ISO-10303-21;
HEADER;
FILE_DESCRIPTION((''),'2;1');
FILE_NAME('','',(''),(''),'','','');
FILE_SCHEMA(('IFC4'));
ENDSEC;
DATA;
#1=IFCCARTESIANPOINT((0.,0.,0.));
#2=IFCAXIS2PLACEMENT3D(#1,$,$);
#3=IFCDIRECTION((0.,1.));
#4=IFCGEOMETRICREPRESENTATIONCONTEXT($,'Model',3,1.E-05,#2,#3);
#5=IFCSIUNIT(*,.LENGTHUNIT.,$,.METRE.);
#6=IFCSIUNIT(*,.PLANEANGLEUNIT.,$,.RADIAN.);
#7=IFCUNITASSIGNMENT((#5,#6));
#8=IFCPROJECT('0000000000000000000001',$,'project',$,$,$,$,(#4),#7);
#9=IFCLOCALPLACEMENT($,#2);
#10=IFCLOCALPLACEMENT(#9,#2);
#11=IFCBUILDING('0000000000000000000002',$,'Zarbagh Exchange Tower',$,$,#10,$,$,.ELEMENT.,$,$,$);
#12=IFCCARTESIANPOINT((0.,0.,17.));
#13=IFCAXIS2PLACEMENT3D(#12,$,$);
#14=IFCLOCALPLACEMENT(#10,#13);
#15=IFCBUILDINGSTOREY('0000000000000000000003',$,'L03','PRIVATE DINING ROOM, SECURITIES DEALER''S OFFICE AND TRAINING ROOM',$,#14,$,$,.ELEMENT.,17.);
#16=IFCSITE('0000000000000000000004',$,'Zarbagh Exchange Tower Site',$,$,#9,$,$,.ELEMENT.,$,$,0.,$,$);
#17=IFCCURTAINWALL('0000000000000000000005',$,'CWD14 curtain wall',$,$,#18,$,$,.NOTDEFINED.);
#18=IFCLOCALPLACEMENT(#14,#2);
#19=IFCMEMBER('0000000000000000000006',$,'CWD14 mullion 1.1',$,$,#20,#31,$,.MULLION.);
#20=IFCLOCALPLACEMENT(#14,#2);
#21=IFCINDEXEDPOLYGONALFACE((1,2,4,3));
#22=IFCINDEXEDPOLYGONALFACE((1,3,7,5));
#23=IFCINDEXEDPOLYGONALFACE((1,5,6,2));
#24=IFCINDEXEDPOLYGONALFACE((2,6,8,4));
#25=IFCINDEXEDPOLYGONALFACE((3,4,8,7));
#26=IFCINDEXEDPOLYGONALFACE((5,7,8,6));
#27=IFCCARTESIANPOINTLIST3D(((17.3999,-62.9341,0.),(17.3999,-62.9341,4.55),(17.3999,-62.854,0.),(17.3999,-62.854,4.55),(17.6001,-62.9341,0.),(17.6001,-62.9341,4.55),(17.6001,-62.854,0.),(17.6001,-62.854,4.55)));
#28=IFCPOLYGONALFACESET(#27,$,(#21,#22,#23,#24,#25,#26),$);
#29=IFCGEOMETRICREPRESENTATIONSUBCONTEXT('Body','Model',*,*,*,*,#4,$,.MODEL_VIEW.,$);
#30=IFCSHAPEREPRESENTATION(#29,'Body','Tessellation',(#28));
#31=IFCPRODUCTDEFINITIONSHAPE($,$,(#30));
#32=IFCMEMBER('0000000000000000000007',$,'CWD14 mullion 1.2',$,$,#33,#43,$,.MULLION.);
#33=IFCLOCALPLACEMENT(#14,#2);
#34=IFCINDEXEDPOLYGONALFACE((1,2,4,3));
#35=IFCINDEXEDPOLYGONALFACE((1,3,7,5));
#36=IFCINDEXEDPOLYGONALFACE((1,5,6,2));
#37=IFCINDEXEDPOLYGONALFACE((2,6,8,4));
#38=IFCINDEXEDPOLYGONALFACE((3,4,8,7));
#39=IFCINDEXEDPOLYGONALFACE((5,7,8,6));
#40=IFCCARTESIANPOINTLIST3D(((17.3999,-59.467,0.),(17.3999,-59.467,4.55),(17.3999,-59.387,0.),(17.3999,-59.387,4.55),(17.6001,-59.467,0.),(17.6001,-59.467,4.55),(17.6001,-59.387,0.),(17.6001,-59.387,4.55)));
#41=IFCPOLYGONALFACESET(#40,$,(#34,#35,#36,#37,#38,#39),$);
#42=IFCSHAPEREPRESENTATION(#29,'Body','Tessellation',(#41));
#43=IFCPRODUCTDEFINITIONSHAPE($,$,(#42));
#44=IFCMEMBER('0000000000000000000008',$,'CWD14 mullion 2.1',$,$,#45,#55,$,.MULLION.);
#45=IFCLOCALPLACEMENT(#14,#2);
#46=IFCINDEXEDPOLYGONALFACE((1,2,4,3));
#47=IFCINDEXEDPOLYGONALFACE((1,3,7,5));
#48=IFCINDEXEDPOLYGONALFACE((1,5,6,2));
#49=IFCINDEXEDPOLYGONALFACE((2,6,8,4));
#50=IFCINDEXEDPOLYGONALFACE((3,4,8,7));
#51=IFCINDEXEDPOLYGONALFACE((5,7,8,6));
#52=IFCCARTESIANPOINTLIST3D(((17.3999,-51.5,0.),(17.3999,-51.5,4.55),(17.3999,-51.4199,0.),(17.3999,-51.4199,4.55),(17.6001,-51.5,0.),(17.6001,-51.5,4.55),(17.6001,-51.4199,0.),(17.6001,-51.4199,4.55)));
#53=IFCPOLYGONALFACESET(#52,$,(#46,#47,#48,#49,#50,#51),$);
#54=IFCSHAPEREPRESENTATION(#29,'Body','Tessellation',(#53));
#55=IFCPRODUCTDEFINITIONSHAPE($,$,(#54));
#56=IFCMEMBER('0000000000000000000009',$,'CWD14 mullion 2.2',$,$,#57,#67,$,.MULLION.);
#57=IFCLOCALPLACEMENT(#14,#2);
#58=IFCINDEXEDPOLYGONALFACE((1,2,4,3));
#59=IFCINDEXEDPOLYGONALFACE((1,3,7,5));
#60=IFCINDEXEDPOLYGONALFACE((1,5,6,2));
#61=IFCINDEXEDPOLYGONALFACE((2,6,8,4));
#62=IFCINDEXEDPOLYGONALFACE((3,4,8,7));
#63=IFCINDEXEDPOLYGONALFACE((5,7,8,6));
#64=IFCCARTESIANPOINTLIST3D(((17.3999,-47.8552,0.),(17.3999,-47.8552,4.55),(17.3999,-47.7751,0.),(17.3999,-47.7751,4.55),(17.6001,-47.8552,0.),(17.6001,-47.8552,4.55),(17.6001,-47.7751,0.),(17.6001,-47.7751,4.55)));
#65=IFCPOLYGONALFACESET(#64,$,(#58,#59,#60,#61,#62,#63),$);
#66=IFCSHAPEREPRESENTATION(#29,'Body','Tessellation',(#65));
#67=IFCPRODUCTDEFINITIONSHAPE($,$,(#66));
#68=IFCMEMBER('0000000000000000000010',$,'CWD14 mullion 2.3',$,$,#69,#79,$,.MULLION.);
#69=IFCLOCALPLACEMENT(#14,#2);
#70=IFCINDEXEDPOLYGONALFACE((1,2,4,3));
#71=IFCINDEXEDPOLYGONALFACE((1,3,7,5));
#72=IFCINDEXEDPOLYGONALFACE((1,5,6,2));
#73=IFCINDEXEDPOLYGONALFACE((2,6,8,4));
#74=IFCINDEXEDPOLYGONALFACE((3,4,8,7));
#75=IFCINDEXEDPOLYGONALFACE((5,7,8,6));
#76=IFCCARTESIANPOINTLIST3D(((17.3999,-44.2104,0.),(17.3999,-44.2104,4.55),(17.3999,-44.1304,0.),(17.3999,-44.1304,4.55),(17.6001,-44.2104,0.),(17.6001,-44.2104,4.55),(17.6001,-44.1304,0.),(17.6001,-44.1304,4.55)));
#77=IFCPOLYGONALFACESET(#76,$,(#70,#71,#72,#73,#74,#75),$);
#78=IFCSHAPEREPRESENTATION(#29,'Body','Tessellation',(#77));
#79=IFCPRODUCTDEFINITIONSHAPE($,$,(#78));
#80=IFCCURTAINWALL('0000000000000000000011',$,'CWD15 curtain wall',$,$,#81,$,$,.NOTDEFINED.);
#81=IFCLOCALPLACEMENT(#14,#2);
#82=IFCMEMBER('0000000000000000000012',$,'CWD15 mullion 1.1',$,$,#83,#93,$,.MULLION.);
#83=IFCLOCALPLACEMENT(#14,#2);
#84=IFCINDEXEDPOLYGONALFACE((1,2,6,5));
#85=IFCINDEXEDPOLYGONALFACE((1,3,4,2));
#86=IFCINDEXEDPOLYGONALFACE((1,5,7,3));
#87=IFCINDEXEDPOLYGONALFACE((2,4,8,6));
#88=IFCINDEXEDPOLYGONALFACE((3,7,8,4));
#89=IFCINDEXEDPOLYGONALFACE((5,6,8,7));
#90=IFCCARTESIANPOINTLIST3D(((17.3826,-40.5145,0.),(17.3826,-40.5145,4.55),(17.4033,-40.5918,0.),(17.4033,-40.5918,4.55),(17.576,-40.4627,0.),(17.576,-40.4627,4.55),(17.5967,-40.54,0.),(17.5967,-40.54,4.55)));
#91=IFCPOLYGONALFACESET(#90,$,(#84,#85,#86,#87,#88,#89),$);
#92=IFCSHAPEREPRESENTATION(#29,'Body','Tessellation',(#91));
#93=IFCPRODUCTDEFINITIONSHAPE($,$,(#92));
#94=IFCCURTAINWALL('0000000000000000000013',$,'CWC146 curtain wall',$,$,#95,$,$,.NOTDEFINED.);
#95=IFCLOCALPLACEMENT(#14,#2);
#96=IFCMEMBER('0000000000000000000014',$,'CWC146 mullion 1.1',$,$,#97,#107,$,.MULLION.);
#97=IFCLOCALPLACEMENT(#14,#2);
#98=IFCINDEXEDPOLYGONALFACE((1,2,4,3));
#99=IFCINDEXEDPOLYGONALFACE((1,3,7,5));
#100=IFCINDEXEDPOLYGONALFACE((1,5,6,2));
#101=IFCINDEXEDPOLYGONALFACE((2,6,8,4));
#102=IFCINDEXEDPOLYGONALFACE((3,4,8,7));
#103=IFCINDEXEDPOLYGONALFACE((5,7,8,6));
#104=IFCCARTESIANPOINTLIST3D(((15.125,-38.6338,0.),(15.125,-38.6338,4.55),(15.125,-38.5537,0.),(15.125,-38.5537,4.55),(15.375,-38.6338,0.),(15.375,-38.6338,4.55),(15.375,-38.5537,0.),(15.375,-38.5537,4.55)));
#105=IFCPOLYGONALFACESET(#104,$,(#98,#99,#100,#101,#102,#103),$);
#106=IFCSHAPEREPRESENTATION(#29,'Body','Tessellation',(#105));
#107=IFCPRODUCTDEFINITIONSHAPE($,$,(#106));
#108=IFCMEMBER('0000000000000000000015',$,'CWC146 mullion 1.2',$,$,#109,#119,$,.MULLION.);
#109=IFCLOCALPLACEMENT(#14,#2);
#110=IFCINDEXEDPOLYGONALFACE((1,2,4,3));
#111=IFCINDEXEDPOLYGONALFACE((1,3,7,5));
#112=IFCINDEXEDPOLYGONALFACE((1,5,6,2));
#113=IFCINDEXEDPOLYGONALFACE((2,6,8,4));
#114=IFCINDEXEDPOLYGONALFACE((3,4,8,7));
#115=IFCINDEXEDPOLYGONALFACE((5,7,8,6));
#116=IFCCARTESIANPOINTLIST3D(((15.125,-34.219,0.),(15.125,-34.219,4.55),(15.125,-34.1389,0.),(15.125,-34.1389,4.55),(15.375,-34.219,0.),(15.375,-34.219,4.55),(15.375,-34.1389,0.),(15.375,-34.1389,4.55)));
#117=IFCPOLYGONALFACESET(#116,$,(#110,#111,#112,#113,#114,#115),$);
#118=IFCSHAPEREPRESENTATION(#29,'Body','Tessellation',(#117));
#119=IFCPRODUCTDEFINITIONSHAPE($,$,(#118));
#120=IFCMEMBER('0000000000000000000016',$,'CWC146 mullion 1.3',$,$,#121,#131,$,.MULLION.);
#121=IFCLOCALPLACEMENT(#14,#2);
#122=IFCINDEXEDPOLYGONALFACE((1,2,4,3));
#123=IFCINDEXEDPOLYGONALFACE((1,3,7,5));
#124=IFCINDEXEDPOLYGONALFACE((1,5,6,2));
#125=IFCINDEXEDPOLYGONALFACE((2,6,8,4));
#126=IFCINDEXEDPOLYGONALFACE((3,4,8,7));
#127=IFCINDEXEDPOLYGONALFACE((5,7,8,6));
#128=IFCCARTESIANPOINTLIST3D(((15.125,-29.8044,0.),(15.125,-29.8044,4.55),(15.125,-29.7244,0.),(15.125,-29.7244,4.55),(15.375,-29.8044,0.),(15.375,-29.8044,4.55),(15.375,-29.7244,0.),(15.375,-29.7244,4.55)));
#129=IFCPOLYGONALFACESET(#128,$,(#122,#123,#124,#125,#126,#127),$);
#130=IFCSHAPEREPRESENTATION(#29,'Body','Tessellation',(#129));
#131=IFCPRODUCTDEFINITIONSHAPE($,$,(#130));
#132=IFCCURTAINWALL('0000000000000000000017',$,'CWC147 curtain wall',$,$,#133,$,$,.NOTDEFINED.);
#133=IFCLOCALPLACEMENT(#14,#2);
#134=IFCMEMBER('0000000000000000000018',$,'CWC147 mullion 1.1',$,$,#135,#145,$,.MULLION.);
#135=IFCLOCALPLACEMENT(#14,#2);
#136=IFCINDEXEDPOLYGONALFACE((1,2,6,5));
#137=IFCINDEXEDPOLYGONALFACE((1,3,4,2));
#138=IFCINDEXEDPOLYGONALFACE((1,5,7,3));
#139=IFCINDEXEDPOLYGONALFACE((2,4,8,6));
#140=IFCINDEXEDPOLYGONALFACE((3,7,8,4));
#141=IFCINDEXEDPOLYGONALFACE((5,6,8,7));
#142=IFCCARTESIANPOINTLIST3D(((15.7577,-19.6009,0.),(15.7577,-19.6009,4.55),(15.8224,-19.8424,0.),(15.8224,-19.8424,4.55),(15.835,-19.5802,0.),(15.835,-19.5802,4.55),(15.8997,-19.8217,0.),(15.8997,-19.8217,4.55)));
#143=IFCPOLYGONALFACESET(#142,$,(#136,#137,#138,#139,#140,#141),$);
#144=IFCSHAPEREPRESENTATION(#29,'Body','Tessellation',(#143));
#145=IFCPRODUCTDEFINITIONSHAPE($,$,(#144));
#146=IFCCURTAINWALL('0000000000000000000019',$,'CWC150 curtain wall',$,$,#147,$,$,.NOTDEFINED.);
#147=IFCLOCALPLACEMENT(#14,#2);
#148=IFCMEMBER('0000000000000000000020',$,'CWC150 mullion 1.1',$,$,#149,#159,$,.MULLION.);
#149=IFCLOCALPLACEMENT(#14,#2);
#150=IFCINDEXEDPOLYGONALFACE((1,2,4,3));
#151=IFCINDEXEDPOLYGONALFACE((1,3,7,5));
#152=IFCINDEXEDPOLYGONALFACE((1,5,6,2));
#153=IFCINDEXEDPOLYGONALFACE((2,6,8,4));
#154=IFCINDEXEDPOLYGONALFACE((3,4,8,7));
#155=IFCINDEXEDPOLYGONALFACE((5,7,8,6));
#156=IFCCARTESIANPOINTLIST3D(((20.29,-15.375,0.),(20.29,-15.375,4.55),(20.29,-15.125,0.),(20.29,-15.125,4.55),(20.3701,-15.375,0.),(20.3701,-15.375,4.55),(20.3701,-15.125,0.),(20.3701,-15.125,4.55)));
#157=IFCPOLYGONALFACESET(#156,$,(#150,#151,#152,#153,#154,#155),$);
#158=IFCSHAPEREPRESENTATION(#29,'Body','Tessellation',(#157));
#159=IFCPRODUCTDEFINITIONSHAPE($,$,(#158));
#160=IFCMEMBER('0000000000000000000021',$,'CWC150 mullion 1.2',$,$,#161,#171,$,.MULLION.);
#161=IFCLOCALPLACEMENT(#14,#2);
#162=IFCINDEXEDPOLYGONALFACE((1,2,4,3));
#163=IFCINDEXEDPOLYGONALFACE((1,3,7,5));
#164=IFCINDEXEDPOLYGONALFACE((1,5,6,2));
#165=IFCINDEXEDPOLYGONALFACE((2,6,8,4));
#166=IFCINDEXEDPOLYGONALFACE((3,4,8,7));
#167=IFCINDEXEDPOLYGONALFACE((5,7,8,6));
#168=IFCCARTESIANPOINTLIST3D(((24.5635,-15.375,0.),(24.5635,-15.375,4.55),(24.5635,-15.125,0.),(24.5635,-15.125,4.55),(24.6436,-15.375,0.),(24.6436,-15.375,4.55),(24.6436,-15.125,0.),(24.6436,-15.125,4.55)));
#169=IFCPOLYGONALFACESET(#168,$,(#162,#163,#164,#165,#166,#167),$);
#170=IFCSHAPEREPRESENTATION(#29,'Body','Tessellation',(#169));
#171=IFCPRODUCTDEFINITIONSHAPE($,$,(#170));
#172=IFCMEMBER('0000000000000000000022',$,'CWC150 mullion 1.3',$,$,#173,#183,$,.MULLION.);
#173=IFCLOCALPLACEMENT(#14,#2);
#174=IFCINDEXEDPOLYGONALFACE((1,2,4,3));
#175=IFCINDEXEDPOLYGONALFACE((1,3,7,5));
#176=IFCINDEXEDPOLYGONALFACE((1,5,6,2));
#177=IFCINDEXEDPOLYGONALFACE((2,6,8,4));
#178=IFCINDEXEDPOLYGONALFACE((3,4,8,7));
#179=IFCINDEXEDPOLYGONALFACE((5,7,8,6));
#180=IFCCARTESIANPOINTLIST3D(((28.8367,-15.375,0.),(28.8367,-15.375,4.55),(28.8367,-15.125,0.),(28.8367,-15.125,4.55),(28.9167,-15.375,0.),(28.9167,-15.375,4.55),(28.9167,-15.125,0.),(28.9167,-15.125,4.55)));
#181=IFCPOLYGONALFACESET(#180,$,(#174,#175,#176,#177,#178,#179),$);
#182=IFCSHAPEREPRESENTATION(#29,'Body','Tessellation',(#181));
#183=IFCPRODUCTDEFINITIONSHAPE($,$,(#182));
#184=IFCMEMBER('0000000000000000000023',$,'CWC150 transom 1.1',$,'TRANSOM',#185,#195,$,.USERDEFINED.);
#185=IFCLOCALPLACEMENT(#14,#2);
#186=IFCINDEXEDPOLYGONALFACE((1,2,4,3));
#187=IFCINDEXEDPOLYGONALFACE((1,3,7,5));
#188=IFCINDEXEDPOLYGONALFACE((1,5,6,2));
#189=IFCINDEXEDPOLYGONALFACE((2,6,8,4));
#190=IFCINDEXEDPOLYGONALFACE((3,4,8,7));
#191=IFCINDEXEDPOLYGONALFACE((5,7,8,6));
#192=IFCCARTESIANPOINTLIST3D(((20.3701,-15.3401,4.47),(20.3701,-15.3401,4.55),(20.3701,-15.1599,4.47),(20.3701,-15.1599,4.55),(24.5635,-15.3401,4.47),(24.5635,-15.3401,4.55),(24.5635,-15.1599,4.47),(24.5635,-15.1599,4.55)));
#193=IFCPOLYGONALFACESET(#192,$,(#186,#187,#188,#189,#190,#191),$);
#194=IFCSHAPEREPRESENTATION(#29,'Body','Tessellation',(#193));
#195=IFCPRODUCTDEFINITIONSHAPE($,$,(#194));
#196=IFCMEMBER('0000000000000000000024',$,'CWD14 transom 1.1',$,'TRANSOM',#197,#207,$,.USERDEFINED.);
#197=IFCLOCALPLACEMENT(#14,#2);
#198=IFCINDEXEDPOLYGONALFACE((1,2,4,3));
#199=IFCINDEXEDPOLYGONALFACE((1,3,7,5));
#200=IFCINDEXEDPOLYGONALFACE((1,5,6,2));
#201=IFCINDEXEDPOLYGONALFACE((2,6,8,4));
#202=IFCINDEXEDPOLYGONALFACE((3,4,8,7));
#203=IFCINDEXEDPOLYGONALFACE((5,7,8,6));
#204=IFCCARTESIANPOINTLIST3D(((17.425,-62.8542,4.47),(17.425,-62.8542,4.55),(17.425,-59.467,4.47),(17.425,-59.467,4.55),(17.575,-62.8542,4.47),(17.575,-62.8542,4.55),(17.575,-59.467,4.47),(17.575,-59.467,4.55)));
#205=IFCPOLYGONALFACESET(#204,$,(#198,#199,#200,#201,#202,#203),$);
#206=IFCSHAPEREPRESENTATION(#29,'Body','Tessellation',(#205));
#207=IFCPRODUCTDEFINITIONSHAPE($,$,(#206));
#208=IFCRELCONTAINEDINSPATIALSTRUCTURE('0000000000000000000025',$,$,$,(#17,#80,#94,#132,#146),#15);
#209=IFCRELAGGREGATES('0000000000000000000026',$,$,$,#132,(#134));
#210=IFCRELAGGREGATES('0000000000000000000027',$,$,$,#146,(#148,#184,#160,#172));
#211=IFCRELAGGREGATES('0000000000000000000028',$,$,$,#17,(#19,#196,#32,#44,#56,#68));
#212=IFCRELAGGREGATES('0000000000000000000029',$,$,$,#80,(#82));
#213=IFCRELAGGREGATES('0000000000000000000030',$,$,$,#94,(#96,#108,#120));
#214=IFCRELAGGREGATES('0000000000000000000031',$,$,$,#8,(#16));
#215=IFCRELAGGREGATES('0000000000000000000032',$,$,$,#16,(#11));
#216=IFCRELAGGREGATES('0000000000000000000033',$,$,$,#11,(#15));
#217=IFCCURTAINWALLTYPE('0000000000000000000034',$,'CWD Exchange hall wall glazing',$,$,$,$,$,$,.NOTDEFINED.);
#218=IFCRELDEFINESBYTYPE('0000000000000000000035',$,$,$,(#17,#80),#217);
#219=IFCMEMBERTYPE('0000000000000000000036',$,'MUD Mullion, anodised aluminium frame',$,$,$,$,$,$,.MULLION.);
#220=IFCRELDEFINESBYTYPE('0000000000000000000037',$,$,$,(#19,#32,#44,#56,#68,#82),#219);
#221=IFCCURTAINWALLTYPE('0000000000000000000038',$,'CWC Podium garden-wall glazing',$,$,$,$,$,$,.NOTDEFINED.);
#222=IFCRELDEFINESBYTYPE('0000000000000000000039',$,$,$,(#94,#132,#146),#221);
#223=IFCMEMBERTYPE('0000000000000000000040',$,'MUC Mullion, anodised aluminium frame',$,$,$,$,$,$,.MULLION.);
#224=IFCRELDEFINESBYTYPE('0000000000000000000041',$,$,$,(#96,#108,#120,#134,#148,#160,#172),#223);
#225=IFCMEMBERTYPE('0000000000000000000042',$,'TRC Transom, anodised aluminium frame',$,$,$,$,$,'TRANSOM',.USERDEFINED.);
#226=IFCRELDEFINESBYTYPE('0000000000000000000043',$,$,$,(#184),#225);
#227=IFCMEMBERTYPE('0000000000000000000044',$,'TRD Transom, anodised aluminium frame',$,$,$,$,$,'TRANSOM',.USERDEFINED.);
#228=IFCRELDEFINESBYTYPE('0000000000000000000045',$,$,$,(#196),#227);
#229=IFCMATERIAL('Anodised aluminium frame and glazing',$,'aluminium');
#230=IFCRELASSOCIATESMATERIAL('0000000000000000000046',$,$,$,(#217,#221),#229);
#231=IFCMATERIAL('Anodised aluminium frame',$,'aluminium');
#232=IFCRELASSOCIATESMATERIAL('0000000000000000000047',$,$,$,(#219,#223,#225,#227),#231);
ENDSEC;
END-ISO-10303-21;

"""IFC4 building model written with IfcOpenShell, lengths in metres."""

from ifc_helpers import new_model, si_unit, direction, frame, origin, place, context, subcontext, project, spatial, polyline, outline, extrude, source, transform, mapped, material, type_object, element, aggregate, save


model = new_model("IFC4")

# Units and contexts
model_context = context("Model", 3, precision=1e-05, world=origin(), true_north=direction((0.0, 1.0)))
body_context = subcontext(model_context, "Body", "Model", "MODEL_VIEW")
ifc_project = project(units=[si_unit("LENGTHUNIT", "METRE"), si_unit("PLANEANGLEUNIT", "RADIAN")], contexts=[model_context])

# Site, building, storey
site_placement = place(None, origin())
site = spatial("IfcSite", under=ifc_project, at=site_placement, Name="Zarbagh Exchange Tower Site", CompositionType="ELEMENT", RefElevation=0.0)
building_placement = place(site_placement, origin())
building = spatial("IfcBuilding", under=site, at=building_placement, Name="Zarbagh Exchange Tower", CompositionType="ELEMENT")
storey_placement = place(building_placement, frame((0.0, 0.0, 17.0)))
storey = spatial("IfcBuildingStorey", under=building, at=storey_placement, Name="L03", Description="PRIVATE DINING ROOM, SECURITIES DEALER'S OFFICE AND TRAINING ROOM", CompositionType="ELEMENT", Elevation=17.0)

# Curtain wall, members
ifc_material_1 = material(Name="Anodised aluminium frame and glazing", Category="aluminium")
curtain_wall_type_1 = type_object("IfcCurtainWallType", Name="CWD Exchange hall wall glazing", PredefinedType="NOTDEFINED", material=ifc_material_1)
curtain_wall_1_placement = place(storey_placement, origin())
curtain_wall_1 = element("IfcCurtainWall", 1, at=curtain_wall_1_placement, inside=storey, type_object=curtain_wall_type_1, Name="CWD14 curtain wall", PredefinedType="NOTDEFINED")
ifc_material_2 = material(Name="Anodised aluminium frame", Category="aluminium")
member_type_1 = type_object("IfcMemberType", Name="MUD Mullion, anodised aluminium frame", PredefinedType="MULLION", material=ifc_material_2)
shared_shape_1 = source(origin(), body_context, "Body", "SweptSolid", [
    extrude(outline(polyline([(0.0, -0.1001), (0.0801, -0.1001), (0.0801, 0.1001), (0.0, 0.1001), (0.0, -0.1001)])), origin(), (0.0, 0.0, 1.0), 4.55),
])
placement = place(storey_placement, origin())
member_1 = element("IfcMember", 2, at=placement, type_object=member_type_1, Name="CWD14 mullion 1.1", PredefinedType="MULLION", context=body_context, shape_type="MappedRepresentation", body=[
    mapped(shared_shape_1, transform((17.5, -62.9341, 0.0), x_axis=(0.0, 1.0, 0.0), y_axis=(-1.0, 0.0, 0.0), z_axis=(0.0, 0.0, 1.0))),
])
member_2 = element("IfcMember", 3, at=placement, type_object=member_type_1, Name="CWD14 mullion 1.2", PredefinedType="MULLION", context=body_context, shape_type="MappedRepresentation", body=[
    mapped(shared_shape_1, transform((17.5, -59.467, 0.0), x_axis=(0.0, 1.0, 0.0), y_axis=(-1.0, 0.0, 0.0), z_axis=(0.0, 0.0, 1.0))),
])
member_3 = element("IfcMember", 4, at=placement, type_object=member_type_1, Name="CWD14 mullion 2.1", PredefinedType="MULLION", context=body_context, shape_type="MappedRepresentation", body=[
    mapped(shared_shape_1, transform((17.5, -51.5, 0.0), x_axis=(0.0, 1.0, 0.0), y_axis=(-1.0, 0.0, 0.0), z_axis=(0.0, 0.0, 1.0))),
])
member_4 = element("IfcMember", 5, at=placement, type_object=member_type_1, Name="CWD14 mullion 2.2", PredefinedType="MULLION", context=body_context, shape_type="MappedRepresentation", body=[
    mapped(shared_shape_1, transform((17.5, -47.8552, 0.0), x_axis=(0.0, 1.0, 0.0), y_axis=(-1.0, 0.0, 0.0), z_axis=(0.0, 0.0, 1.0))),
])
member_5 = element("IfcMember", 6, at=placement, type_object=member_type_1, Name="CWD14 mullion 2.3", PredefinedType="MULLION", context=body_context, shape_type="MappedRepresentation", body=[
    mapped(shared_shape_1, transform((17.5, -44.2104, 0.0), x_axis=(0.0, 1.0, 0.0), y_axis=(-1.0, 0.0, 0.0), z_axis=(0.0, 0.0, 1.0))),
])

# Curtain wall, member
curtain_wall_2_placement = place(storey_placement, origin())
curtain_wall_2 = element("IfcCurtainWall", 7, at=curtain_wall_2_placement, inside=storey, type_object=curtain_wall_type_1, Name="CWD15 curtain wall", PredefinedType="NOTDEFINED")
member_6 = element("IfcMember", 8, at=placement, type_object=member_type_1, Name="CWD15 mullion 1.1", PredefinedType="MULLION", context=body_context, shape_type="MappedRepresentation", body=[
    mapped(shared_shape_1, transform((17.5, -40.5659, 0.0), x_axis=(-0.258785, 0.965935, 0.0), y_axis=(-0.965935, -0.258785, 0.0), z_axis=(0.0, 0.0, 1.0))),
])

# Curtain wall, members
curtain_wall_type_2 = type_object("IfcCurtainWallType", Name="CWC Podium garden-wall glazing", PredefinedType="NOTDEFINED", material=ifc_material_1)
curtain_wall_3_placement = place(storey_placement, origin())
curtain_wall_3 = element("IfcCurtainWall", 9, at=curtain_wall_3_placement, inside=storey, type_object=curtain_wall_type_2, Name="CWC146 curtain wall", PredefinedType="NOTDEFINED")
member_type_2 = type_object("IfcMemberType", Name="MUC Mullion, anodised aluminium frame", PredefinedType="MULLION", material=ifc_material_2)
shared_shape_2 = source(origin(), body_context, "Body", "SweptSolid", [
    extrude(outline(polyline([(0.0, -0.125), (0.0801, -0.125), (0.0801, 0.125), (0.0, 0.125), (0.0, -0.125)])), origin(), (0.0, 0.0, 1.0), 4.55),
])
member_7 = element("IfcMember", 10, at=placement, type_object=member_type_2, Name="CWC146 mullion 1.1", PredefinedType="MULLION", context=body_context, shape_type="MappedRepresentation", body=[
    mapped(shared_shape_2, transform((15.25, -38.6338, 0.0), x_axis=(0.0, 1.0, 0.0), y_axis=(-1.0, 0.0, 0.0), z_axis=(0.0, 0.0, 1.0))),
])
member_8 = element("IfcMember", 11, at=placement, type_object=member_type_2, Name="CWC146 mullion 1.2", PredefinedType="MULLION", context=body_context, shape_type="MappedRepresentation", body=[
    mapped(shared_shape_2, transform((15.25, -34.219, 0.0), x_axis=(0.0, 1.0, 0.0), y_axis=(-1.0, 0.0, 0.0), z_axis=(0.0, 0.0, 1.0))),
])
member_9 = element("IfcMember", 12, at=placement, type_object=member_type_2, Name="CWC146 mullion 1.3", PredefinedType="MULLION", context=body_context, shape_type="MappedRepresentation", body=[
    mapped(shared_shape_2, transform((15.25, -29.8044, 0.0), x_axis=(0.0, 1.0, 0.0), y_axis=(-1.0, 0.0, 0.0), z_axis=(0.0, 0.0, 1.0))),
])

# Curtain wall, member
curtain_wall_4_placement = place(storey_placement, origin())
curtain_wall_4 = element("IfcCurtainWall", 13, at=curtain_wall_4_placement, inside=storey, type_object=curtain_wall_type_2, Name="CWC147 curtain wall", PredefinedType="NOTDEFINED")
member_10 = element("IfcMember", 14, at=placement, type_object=member_type_2, Name="CWC147 mullion 1.1", PredefinedType="MULLION", context=body_context, shape_type="MappedRepresentation", body=[
    mapped(shared_shape_2, transform((15.79, -19.7217, 0.0), x_axis=(0.965924, 0.258825, 0.0), y_axis=(-0.258825, 0.965924, 0.0), z_axis=(0.0, 0.0, 1.0))),
])

# Curtain wall, members
curtain_wall_5_placement = place(storey_placement, origin())
curtain_wall_5 = element("IfcCurtainWall", 15, at=curtain_wall_5_placement, inside=storey, type_object=curtain_wall_type_2, Name="CWC150 curtain wall", PredefinedType="NOTDEFINED")
member_11 = element("IfcMember", 16, at=placement, type_object=member_type_2, Name="CWC150 mullion 1.1", PredefinedType="MULLION", context=body_context, shape_type="MappedRepresentation", body=[
    mapped(shared_shape_2, transform((20.29, -15.25, 0.0), x_axis=(1.0, 0.0, 0.0), y_axis=(0.0, 1.0, 0.0), z_axis=(0.0, 0.0, 1.0))),
])
member_12 = element("IfcMember", 17, at=placement, type_object=member_type_2, Name="CWC150 mullion 1.2", PredefinedType="MULLION", context=body_context, shape_type="MappedRepresentation", body=[
    mapped(shared_shape_2, transform((24.5635, -15.25, 0.0), x_axis=(1.0, 0.0, 0.0), y_axis=(0.0, 1.0, 0.0), z_axis=(0.0, 0.0, 1.0))),
])
member_13 = element("IfcMember", 18, at=placement, type_object=member_type_2, Name="CWC150 mullion 1.3", PredefinedType="MULLION", context=body_context, shape_type="MappedRepresentation", body=[
    mapped(shared_shape_2, transform((28.8367, -15.25, 0.0), x_axis=(1.0, 0.0, 0.0), y_axis=(0.0, 1.0, 0.0), z_axis=(0.0, 0.0, 1.0))),
])
member_type_3 = type_object("IfcMemberType", Name="TRC Transom, anodised aluminium frame", ElementType="TRANSOM", PredefinedType="USERDEFINED", material=ifc_material_2)
shared_shape_3 = source(origin(), body_context, "Body", "SweptSolid", [
    extrude(outline(polyline([(-0.0801, -0.0901), (0.0, -0.0901), (0.0, 0.0901), (-0.0801, 0.0901), (-0.0801, -0.0901)])), origin(), (0.0, 0.0, 1.0), 4.1934),
])
member_14 = element("IfcMember", 19, at=placement, type_object=member_type_3, Name="CWC150 transom 1.1", ObjectType="TRANSOM", PredefinedType="USERDEFINED", context=body_context, shape_type="MappedRepresentation", body=[
    mapped(shared_shape_3, transform((20.3701, -15.25, 4.55), x_axis=(0.0, 0.0, 1.0), y_axis=(0.0, -1.0, 0.0), z_axis=(1.0, 0.0, 0.0))),
])

# Member
member_type_4 = type_object("IfcMemberType", Name="TRD Transom, anodised aluminium frame", ElementType="TRANSOM", PredefinedType="USERDEFINED", material=ifc_material_2)
shared_shape_4 = source(origin(), body_context, "Body", "SweptSolid", [
    extrude(outline(polyline([(-0.0801, -0.075), (0.0, -0.075), (0.0, 0.075), (-0.0801, 0.075), (-0.0801, -0.075)])), origin(), (0.0, 0.0, 1.0), 3.3872),
])
member_15 = element("IfcMember", 20, at=placement, type_object=member_type_4, Name="CWD14 transom 1.1", ObjectType="TRANSOM", PredefinedType="USERDEFINED", context=body_context, shape_type="MappedRepresentation", body=[
    mapped(shared_shape_4, transform((17.5, -62.8542, 4.55), x_axis=(0.0, 0.0, 1.0), y_axis=(1.0, 0.0, 0.0), z_axis=(0.0, 1.0, 0.0))),
])

aggregate(curtain_wall_4, [member_10])

aggregate(curtain_wall_5, [member_11, member_14, member_12, member_13])
aggregate(curtain_wall_1, [member_1, member_15, member_2, member_3, member_4, member_5])
aggregate(curtain_wall_2, [member_6])

aggregate(curtain_wall_3, [member_7, member_8, member_9])

save(model, "model.ifc")
